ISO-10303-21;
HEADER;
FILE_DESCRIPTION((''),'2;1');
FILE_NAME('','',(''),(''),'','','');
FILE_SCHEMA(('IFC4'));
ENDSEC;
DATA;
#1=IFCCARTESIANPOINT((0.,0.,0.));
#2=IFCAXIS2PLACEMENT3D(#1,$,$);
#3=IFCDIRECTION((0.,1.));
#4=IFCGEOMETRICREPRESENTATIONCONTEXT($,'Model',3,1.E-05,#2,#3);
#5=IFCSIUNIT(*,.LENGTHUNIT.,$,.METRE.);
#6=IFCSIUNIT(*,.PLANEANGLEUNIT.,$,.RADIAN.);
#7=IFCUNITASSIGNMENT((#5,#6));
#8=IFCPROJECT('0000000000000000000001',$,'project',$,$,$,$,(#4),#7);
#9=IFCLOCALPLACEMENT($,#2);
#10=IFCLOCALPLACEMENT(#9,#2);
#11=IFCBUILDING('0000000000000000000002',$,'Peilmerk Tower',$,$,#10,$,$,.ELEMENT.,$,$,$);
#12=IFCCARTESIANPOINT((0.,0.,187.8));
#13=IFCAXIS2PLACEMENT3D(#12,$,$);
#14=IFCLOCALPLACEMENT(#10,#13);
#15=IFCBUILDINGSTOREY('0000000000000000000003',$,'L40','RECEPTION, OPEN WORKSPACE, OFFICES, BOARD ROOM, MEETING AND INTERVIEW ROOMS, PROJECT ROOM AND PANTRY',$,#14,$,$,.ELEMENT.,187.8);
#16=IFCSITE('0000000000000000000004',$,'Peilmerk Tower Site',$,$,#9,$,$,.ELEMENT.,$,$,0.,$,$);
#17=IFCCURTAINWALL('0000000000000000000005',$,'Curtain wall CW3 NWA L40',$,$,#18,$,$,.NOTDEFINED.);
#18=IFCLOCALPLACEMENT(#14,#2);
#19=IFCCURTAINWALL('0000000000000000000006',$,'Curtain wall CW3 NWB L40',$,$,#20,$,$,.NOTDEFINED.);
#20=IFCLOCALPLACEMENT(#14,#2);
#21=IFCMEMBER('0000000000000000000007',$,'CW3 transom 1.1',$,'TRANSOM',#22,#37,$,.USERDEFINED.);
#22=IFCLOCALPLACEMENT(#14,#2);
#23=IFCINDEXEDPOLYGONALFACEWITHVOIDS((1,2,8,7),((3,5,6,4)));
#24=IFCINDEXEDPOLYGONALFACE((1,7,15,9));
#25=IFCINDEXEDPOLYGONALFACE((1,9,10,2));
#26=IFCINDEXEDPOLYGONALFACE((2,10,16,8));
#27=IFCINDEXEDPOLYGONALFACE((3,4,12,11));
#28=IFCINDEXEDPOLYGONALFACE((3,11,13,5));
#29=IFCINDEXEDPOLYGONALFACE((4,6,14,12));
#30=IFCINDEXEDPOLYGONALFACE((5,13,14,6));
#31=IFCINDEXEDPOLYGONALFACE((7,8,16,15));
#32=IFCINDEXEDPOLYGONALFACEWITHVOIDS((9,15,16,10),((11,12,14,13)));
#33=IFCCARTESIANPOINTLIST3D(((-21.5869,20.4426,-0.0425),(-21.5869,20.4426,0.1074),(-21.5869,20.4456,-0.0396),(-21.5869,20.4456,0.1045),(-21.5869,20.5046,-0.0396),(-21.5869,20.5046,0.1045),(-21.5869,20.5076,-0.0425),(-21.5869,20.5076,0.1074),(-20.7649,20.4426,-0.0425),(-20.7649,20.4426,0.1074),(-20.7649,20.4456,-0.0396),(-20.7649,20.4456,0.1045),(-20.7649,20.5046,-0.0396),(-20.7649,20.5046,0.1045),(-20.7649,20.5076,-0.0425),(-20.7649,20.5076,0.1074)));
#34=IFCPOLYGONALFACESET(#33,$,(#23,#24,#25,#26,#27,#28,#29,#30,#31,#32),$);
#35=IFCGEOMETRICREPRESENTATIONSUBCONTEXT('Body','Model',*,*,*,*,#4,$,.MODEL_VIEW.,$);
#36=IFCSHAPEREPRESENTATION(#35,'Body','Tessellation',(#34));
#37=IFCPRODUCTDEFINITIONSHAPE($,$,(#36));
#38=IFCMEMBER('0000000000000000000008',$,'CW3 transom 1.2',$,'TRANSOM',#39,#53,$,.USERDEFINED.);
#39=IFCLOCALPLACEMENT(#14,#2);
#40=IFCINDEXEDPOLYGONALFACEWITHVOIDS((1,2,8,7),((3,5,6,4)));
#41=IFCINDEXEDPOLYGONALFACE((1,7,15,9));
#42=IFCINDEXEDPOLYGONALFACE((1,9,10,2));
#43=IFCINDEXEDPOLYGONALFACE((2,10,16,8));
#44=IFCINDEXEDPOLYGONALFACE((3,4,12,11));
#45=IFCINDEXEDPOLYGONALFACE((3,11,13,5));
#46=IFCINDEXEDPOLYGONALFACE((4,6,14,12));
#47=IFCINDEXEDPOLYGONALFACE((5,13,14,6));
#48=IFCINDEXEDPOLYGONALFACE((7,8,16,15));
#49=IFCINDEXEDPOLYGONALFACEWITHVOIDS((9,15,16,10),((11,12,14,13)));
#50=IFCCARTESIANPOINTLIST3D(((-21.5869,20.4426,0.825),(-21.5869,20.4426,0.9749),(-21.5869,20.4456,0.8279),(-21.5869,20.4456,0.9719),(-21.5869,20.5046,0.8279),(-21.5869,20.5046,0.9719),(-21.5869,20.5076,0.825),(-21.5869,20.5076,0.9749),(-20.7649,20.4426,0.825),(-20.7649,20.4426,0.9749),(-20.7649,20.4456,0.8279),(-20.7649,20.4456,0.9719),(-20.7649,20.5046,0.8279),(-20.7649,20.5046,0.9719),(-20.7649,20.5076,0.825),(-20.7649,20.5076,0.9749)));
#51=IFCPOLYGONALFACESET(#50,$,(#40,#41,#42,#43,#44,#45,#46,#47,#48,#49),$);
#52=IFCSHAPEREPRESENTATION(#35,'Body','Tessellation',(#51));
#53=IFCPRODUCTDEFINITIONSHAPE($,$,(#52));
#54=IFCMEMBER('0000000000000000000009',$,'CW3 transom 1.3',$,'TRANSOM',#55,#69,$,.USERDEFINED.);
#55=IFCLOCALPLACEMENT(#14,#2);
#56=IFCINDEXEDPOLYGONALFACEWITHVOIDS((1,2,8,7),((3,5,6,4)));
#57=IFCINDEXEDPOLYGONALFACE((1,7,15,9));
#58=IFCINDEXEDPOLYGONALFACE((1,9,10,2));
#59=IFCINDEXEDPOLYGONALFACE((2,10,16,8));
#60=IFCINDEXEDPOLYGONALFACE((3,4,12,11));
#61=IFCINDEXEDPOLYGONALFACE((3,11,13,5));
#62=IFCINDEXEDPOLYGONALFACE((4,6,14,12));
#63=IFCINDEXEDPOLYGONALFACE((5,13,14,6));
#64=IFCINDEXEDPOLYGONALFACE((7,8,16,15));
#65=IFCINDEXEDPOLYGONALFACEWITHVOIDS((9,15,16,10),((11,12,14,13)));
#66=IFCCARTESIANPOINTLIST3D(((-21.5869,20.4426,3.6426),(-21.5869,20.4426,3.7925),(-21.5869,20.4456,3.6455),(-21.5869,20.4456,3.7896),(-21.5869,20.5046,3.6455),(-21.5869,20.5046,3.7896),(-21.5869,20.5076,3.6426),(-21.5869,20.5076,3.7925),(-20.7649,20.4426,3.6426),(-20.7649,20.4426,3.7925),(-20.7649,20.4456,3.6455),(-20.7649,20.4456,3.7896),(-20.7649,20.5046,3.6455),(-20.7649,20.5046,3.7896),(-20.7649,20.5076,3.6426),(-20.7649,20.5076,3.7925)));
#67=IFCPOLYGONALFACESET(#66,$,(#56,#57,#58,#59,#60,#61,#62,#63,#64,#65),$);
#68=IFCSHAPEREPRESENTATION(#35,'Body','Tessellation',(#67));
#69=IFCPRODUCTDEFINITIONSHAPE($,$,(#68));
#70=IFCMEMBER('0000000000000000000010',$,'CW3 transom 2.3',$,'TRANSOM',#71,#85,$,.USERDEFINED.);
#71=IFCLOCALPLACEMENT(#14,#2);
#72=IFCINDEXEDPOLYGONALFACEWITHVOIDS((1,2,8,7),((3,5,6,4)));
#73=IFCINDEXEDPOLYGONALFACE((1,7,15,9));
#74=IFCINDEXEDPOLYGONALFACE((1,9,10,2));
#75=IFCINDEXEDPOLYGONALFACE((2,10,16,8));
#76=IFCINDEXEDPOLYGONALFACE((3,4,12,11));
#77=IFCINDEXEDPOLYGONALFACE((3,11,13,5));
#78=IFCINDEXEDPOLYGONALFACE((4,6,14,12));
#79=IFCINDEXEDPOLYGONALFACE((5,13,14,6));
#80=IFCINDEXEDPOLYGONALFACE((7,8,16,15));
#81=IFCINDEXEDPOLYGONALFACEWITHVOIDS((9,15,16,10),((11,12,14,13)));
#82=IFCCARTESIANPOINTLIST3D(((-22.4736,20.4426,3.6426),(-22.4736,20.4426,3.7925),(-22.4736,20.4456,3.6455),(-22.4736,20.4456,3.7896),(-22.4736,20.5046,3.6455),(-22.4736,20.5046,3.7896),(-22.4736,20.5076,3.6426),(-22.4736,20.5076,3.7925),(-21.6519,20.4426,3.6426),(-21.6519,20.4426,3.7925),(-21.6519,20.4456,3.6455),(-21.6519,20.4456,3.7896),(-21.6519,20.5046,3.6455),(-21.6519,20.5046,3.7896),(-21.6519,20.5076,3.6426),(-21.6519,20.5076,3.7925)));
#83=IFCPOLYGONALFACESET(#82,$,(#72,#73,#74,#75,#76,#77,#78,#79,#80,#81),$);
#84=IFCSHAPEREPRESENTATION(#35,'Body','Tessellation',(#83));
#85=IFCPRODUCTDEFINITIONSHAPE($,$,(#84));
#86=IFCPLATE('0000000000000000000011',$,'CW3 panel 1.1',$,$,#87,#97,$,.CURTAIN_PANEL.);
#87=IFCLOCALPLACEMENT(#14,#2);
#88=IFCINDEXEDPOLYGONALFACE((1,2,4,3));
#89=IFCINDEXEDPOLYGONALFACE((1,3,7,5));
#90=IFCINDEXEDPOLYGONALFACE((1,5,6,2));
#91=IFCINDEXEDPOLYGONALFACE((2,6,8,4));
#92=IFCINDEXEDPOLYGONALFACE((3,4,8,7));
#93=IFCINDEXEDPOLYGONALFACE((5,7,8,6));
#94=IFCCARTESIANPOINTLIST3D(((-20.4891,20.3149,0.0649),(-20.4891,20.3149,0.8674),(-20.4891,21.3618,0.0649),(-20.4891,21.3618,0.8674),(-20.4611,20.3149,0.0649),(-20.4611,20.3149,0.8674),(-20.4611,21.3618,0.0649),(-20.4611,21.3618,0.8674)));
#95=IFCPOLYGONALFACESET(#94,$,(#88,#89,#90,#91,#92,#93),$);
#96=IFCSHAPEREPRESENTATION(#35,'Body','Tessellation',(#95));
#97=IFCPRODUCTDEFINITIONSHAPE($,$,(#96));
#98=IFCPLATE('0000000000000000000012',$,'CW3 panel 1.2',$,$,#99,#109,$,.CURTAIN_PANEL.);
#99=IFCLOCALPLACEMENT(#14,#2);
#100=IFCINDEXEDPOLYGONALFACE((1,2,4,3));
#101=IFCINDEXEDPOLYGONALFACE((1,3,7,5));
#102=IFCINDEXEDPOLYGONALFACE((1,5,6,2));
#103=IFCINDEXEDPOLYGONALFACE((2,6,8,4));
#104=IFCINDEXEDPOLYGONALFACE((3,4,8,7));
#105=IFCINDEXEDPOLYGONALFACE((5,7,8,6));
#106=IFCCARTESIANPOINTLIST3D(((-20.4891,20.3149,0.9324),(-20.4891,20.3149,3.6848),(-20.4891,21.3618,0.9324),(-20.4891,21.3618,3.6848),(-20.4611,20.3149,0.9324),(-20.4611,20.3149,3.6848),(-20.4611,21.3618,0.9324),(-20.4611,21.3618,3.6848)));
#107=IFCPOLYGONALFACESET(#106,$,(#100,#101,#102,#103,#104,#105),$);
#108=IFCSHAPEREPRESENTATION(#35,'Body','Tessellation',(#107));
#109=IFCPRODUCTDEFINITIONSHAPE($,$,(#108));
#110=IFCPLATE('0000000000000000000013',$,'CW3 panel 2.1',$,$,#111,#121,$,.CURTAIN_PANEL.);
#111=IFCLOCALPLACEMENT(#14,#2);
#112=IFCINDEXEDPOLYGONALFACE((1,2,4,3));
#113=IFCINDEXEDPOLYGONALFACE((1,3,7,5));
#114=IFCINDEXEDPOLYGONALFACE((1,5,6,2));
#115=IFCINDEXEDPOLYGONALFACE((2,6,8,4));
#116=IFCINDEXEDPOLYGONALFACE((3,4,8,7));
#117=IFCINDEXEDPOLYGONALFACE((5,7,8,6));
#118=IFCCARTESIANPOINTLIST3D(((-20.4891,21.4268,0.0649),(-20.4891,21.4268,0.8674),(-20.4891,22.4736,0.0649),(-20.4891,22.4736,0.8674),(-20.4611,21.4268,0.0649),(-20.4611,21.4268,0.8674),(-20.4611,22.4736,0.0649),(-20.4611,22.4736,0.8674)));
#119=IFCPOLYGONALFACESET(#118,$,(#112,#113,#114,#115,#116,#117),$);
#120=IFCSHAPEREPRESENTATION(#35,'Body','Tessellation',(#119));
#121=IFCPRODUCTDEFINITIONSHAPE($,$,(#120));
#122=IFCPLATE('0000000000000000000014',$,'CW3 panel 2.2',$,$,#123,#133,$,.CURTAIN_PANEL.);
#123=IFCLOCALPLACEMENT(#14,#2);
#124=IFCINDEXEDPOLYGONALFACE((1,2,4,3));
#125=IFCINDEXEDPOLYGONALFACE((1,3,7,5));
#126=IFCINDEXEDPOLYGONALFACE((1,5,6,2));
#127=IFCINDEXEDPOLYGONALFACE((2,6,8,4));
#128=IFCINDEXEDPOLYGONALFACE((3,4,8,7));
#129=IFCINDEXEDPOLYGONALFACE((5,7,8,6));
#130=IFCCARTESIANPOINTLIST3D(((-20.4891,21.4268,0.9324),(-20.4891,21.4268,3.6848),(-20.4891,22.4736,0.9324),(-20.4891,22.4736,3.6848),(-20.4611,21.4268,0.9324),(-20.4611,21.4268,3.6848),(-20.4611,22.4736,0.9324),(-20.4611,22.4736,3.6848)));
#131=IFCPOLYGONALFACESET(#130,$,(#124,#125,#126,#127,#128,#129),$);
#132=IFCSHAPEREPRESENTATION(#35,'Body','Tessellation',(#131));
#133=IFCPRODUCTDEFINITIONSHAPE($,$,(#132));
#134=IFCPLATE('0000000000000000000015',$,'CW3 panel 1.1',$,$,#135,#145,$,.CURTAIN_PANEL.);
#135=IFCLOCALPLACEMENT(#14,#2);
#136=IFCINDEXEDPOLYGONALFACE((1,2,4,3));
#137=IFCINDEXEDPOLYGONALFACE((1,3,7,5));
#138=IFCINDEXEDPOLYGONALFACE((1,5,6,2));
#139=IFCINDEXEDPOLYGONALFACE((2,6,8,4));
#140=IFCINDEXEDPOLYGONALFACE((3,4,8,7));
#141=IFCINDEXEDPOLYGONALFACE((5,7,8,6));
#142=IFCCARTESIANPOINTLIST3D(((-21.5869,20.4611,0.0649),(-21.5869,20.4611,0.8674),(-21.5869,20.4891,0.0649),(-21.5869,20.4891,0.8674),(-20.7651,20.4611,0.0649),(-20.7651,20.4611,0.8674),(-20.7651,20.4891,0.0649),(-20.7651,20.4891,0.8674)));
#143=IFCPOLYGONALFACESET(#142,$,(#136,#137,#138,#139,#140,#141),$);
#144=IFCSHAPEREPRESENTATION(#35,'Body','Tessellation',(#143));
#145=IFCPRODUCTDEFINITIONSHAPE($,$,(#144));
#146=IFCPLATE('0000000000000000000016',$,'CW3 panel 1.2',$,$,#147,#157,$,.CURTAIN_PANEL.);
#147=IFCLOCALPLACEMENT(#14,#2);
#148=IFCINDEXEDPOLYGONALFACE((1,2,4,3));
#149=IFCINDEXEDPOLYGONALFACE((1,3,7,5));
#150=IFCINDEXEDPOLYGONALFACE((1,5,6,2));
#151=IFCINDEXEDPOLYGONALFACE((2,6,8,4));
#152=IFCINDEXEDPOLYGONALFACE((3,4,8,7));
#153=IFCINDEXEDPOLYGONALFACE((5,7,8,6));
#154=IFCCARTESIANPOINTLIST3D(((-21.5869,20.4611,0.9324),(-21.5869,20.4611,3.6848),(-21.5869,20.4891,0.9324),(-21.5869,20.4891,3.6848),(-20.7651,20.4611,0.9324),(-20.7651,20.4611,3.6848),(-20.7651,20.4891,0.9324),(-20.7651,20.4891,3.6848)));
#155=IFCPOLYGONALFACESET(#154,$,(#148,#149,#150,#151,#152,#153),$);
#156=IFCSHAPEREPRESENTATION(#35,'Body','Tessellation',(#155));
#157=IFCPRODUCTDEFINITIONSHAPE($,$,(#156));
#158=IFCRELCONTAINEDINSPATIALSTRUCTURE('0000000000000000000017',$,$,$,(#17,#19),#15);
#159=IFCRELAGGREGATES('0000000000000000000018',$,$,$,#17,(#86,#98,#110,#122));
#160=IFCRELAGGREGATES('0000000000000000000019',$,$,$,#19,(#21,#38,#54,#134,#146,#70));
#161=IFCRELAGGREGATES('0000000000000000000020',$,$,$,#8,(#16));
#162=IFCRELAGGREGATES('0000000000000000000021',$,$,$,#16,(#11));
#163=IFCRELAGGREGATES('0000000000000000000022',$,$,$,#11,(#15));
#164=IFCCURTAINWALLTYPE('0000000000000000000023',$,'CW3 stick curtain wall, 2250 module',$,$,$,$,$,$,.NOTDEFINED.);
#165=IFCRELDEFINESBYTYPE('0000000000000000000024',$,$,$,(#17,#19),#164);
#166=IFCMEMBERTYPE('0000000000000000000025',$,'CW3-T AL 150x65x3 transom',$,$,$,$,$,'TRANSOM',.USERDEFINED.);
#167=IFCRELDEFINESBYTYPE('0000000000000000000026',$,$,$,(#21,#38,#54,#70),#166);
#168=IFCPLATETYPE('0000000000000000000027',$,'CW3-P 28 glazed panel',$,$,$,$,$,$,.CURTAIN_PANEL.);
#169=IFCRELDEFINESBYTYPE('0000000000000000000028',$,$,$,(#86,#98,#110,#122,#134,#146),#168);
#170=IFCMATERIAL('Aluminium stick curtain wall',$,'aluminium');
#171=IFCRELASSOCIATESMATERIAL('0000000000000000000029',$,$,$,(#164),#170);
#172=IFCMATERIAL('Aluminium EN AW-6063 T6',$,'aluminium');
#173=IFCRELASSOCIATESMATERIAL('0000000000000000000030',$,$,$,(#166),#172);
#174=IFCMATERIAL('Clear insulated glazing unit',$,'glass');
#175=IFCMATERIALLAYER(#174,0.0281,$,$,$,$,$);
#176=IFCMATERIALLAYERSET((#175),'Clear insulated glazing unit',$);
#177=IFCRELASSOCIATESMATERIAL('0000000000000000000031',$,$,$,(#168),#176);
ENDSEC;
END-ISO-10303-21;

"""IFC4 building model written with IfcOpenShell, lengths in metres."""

from ifc_helpers import new_model, si_unit, direction, frame, origin, origin_2d, place, context, subcontext, project, spatial, rectangle, hollow_rectangle, extrude, material, layer, layer_set, material_profile, profile_set, type_object, element, aggregate, save


model = new_model("IFC4")

# Units and contexts
model_context = context("Model", 3, precision=1e-05, world=origin(), true_north=direction((0.0, 1.0)))
body_context = subcontext(model_context, "Body", "Model", "MODEL_VIEW")
ifc_project = project(units=[si_unit("LENGTHUNIT", "METRE"), si_unit("PLANEANGLEUNIT", "RADIAN")], contexts=[model_context])

# Site, building, storey
site_placement = place(None, origin())
site = spatial("IfcSite", under=ifc_project, at=site_placement, Name="Peilmerk Tower Site", CompositionType="ELEMENT", RefElevation=0.0)
building_placement = place(site_placement, origin())
building = spatial("IfcBuilding", under=site, at=building_placement, Name="Peilmerk Tower", CompositionType="ELEMENT")
storey_placement = place(building_placement, frame((0.0, 0.0, 187.8)))
storey = spatial("IfcBuildingStorey", under=building, at=storey_placement, Name="L40", Description="RECEPTION, OPEN WORKSPACE, OFFICES, BOARD ROOM, MEETING AND INTERVIEW ROOMS, PROJECT ROOM AND PANTRY", CompositionType="ELEMENT", Elevation=187.8)

# Curtain walls
ifc_material_1 = material(Name="Aluminium stick curtain wall", Category="aluminium")
curtain_wall_type = type_object("IfcCurtainWallType", Name="CW3 stick curtain wall, 2250 module", PredefinedType="NOTDEFINED", material=ifc_material_1)
curtain_wall_1_placement = place(storey_placement, origin())
curtain_wall_1 = element("IfcCurtainWall", 1, at=curtain_wall_1_placement, inside=storey, type_object=curtain_wall_type, Name="Curtain wall CW3 NWA L40", PredefinedType="NOTDEFINED")
ifc_material_2 = material(Name="Aluminium EN AW-6063 T6", Category="aluminium")
curtain_wall_2_placement = place(storey_placement, origin())
curtain_wall_2 = element("IfcCurtainWall", 2, at=curtain_wall_2_placement, inside=storey, type_object=curtain_wall_type, Name="Curtain wall CW3 NWB L40", PredefinedType="NOTDEFINED")

# Members
ifc_material_profile_1 = material_profile(ifc_material_2, hollow_rectangle(XDim=0.0649, YDim=0.1499, WallThickness=0.0029, at=origin_2d()), Name="AL 150x65x3")
ifc_profile_set_1 = profile_set([ifc_material_profile_1], Name="Aluminium EN AW-6063 T6")
member_type_1 = type_object("IfcMemberType", Name="CW3-T AL 150x65x3 transom", ElementType="TRANSOM", PredefinedType="USERDEFINED", material=ifc_profile_set_1)
member_1_placement = place(storey_placement, frame((-20.7649, 20.4751, 0.0325), z_axis=(-1.0, 0.0, 0.0), x_axis=(0.0, -1.0, 0.0)))
member_1 = element("IfcMember", 3, at=member_1_placement, type_object=member_type_1, Name="CW3 transom 1.1", ObjectType="TRANSOM", PredefinedType="USERDEFINED", context=body_context, shape_type="SweptSolid", body=[
    extrude(hollow_rectangle(XDim=0.0649, YDim=0.1499, WallThickness=0.0029, at=origin_2d()), origin(), (0.0, 0.0, 1.0), 0.822),
])
member_2_placement = place(storey_placement, frame((-20.7649, 20.4751, 0.8999), z_axis=(-1.0, 0.0, 0.0), x_axis=(0.0, -1.0, 0.0)))
member_2 = element("IfcMember", 4, at=member_2_placement, type_object=member_type_1, Name="CW3 transom 1.2", ObjectType="TRANSOM", PredefinedType="USERDEFINED", context=body_context, shape_type="SweptSolid", body=[
    extrude(hollow_rectangle(XDim=0.0649, YDim=0.1499, WallThickness=0.0029, at=origin_2d()), origin(), (0.0, 0.0, 1.0), 0.822),
])
member_3_placement = place(storey_placement, frame((-20.7649, 20.4751, 3.7175), z_axis=(-1.0, 0.0, 0.0), x_axis=(0.0, -1.0, 0.0)))
member_3 = element("IfcMember", 5, at=member_3_placement, type_object=member_type_1, Name="CW3 transom 1.3", ObjectType="TRANSOM", PredefinedType="USERDEFINED", context=body_context, shape_type="SweptSolid", body=[
    extrude(hollow_rectangle(XDim=0.0649, YDim=0.1499, WallThickness=0.0029, at=origin_2d()), origin(), (0.0, 0.0, 1.0), 0.822),
])
member_4_placement = place(storey_placement, frame((-21.6519, 20.4751, 3.7175), z_axis=(-1.0, 0.0, 0.0), x_axis=(0.0, -1.0, 0.0)))
member_4 = element("IfcMember", 6, at=member_4_placement, type_object=member_type_1, Name="CW3 transom 2.3", ObjectType="TRANSOM", PredefinedType="USERDEFINED", context=body_context, shape_type="SweptSolid", body=[
    extrude(hollow_rectangle(XDim=0.0649, YDim=0.1499, WallThickness=0.0029, at=origin_2d()), origin(), (0.0, 0.0, 1.0), 0.8218),
])

# Plates
ifc_material_3 = material(Name="Clear insulated glazing unit", Category="glass")
ifc_layer_1 = layer(ifc_material_3, 0.0281)
ifc_layer_set_1 = layer_set([ifc_layer_1], Name="Clear insulated glazing unit")
plate_type = type_object("IfcPlateType", Name="CW3-P 28 glazed panel", PredefinedType="CURTAIN_PANEL", material=ifc_layer_set_1)
plate_1_placement = place(storey_placement, frame((-20.4751, 20.8384, 0.0649), z_axis=(0.0, 0.0, 1.0), x_axis=(0.0, 1.0, 0.0)))
plate_1 = element("IfcPlate", 7, at=plate_1_placement, type_object=plate_type, Name="CW3 panel 1.1", PredefinedType="CURTAIN_PANEL", context=body_context, shape_type="SweptSolid", body=[
    extrude(rectangle(XDim=1.0469, YDim=0.0281, at=origin_2d()), origin(), (0.0, 0.0, 1.0), 0.8025),
])
plate_2_placement = place(storey_placement, frame((-20.4751, 20.8384, 0.9324), z_axis=(0.0, 0.0, 1.0), x_axis=(0.0, 1.0, 0.0)))
plate_2 = element("IfcPlate", 8, at=plate_2_placement, type_object=plate_type, Name="CW3 panel 1.2", PredefinedType="CURTAIN_PANEL", context=body_context, shape_type="SweptSolid", body=[
    extrude(rectangle(XDim=1.0469, YDim=0.0281, at=origin_2d()), origin(), (0.0, 0.0, 1.0), 2.7524),
])
plate_3_placement = place(storey_placement, frame((-20.4751, 21.9502, 0.0649), z_axis=(0.0, 0.0, 1.0), x_axis=(0.0, 1.0, 0.0)))
plate_3 = element("IfcPlate", 9, at=plate_3_placement, type_object=plate_type, Name="CW3 panel 2.1", PredefinedType="CURTAIN_PANEL", context=body_context, shape_type="SweptSolid", body=[
    extrude(rectangle(XDim=1.0469, YDim=0.0281, at=origin_2d()), origin(), (0.0, 0.0, 1.0), 0.8025),
])
plate_4_placement = place(storey_placement, frame((-20.4751, 21.9502, 0.9324), z_axis=(0.0, 0.0, 1.0), x_axis=(0.0, 1.0, 0.0)))
plate_4 = element("IfcPlate", 10, at=plate_4_placement, type_object=plate_type, Name="CW3 panel 2.2", PredefinedType="CURTAIN_PANEL", context=body_context, shape_type="SweptSolid", body=[
    extrude(rectangle(XDim=1.0469, YDim=0.0281, at=origin_2d()), origin(), (0.0, 0.0, 1.0), 2.7524),
])
aggregate(curtain_wall_1, [plate_1, plate_2, plate_3, plate_4])
plate_5_placement = place(storey_placement, frame((-21.176, 20.4751, 0.0649), z_axis=(0.0, 0.0, 1.0), x_axis=(-1.0, 0.0, 0.0)))
plate_5 = element("IfcPlate", 11, at=plate_5_placement, type_object=plate_type, Name="CW3 panel 1.1", PredefinedType="CURTAIN_PANEL", context=body_context, shape_type="SweptSolid", body=[
    extrude(rectangle(XDim=0.8218, YDim=0.0281, at=origin_2d()), origin(), (0.0, 0.0, 1.0), 0.8025),
])
plate_6_placement = place(storey_placement, frame((-21.176, 20.4751, 0.9324), z_axis=(0.0, 0.0, 1.0), x_axis=(-1.0, 0.0, 0.0)))
plate_6 = element("IfcPlate", 12, at=plate_6_placement, type_object=plate_type, Name="CW3 panel 1.2", PredefinedType="CURTAIN_PANEL", context=body_context, shape_type="SweptSolid", body=[
    extrude(rectangle(XDim=0.8218, YDim=0.0281, at=origin_2d()), origin(), (0.0, 0.0, 1.0), 2.7524),
])
aggregate(curtain_wall_2, [member_1, member_2, member_3, plate_5, plate_6, member_4])

save(model, "model.ifc")
